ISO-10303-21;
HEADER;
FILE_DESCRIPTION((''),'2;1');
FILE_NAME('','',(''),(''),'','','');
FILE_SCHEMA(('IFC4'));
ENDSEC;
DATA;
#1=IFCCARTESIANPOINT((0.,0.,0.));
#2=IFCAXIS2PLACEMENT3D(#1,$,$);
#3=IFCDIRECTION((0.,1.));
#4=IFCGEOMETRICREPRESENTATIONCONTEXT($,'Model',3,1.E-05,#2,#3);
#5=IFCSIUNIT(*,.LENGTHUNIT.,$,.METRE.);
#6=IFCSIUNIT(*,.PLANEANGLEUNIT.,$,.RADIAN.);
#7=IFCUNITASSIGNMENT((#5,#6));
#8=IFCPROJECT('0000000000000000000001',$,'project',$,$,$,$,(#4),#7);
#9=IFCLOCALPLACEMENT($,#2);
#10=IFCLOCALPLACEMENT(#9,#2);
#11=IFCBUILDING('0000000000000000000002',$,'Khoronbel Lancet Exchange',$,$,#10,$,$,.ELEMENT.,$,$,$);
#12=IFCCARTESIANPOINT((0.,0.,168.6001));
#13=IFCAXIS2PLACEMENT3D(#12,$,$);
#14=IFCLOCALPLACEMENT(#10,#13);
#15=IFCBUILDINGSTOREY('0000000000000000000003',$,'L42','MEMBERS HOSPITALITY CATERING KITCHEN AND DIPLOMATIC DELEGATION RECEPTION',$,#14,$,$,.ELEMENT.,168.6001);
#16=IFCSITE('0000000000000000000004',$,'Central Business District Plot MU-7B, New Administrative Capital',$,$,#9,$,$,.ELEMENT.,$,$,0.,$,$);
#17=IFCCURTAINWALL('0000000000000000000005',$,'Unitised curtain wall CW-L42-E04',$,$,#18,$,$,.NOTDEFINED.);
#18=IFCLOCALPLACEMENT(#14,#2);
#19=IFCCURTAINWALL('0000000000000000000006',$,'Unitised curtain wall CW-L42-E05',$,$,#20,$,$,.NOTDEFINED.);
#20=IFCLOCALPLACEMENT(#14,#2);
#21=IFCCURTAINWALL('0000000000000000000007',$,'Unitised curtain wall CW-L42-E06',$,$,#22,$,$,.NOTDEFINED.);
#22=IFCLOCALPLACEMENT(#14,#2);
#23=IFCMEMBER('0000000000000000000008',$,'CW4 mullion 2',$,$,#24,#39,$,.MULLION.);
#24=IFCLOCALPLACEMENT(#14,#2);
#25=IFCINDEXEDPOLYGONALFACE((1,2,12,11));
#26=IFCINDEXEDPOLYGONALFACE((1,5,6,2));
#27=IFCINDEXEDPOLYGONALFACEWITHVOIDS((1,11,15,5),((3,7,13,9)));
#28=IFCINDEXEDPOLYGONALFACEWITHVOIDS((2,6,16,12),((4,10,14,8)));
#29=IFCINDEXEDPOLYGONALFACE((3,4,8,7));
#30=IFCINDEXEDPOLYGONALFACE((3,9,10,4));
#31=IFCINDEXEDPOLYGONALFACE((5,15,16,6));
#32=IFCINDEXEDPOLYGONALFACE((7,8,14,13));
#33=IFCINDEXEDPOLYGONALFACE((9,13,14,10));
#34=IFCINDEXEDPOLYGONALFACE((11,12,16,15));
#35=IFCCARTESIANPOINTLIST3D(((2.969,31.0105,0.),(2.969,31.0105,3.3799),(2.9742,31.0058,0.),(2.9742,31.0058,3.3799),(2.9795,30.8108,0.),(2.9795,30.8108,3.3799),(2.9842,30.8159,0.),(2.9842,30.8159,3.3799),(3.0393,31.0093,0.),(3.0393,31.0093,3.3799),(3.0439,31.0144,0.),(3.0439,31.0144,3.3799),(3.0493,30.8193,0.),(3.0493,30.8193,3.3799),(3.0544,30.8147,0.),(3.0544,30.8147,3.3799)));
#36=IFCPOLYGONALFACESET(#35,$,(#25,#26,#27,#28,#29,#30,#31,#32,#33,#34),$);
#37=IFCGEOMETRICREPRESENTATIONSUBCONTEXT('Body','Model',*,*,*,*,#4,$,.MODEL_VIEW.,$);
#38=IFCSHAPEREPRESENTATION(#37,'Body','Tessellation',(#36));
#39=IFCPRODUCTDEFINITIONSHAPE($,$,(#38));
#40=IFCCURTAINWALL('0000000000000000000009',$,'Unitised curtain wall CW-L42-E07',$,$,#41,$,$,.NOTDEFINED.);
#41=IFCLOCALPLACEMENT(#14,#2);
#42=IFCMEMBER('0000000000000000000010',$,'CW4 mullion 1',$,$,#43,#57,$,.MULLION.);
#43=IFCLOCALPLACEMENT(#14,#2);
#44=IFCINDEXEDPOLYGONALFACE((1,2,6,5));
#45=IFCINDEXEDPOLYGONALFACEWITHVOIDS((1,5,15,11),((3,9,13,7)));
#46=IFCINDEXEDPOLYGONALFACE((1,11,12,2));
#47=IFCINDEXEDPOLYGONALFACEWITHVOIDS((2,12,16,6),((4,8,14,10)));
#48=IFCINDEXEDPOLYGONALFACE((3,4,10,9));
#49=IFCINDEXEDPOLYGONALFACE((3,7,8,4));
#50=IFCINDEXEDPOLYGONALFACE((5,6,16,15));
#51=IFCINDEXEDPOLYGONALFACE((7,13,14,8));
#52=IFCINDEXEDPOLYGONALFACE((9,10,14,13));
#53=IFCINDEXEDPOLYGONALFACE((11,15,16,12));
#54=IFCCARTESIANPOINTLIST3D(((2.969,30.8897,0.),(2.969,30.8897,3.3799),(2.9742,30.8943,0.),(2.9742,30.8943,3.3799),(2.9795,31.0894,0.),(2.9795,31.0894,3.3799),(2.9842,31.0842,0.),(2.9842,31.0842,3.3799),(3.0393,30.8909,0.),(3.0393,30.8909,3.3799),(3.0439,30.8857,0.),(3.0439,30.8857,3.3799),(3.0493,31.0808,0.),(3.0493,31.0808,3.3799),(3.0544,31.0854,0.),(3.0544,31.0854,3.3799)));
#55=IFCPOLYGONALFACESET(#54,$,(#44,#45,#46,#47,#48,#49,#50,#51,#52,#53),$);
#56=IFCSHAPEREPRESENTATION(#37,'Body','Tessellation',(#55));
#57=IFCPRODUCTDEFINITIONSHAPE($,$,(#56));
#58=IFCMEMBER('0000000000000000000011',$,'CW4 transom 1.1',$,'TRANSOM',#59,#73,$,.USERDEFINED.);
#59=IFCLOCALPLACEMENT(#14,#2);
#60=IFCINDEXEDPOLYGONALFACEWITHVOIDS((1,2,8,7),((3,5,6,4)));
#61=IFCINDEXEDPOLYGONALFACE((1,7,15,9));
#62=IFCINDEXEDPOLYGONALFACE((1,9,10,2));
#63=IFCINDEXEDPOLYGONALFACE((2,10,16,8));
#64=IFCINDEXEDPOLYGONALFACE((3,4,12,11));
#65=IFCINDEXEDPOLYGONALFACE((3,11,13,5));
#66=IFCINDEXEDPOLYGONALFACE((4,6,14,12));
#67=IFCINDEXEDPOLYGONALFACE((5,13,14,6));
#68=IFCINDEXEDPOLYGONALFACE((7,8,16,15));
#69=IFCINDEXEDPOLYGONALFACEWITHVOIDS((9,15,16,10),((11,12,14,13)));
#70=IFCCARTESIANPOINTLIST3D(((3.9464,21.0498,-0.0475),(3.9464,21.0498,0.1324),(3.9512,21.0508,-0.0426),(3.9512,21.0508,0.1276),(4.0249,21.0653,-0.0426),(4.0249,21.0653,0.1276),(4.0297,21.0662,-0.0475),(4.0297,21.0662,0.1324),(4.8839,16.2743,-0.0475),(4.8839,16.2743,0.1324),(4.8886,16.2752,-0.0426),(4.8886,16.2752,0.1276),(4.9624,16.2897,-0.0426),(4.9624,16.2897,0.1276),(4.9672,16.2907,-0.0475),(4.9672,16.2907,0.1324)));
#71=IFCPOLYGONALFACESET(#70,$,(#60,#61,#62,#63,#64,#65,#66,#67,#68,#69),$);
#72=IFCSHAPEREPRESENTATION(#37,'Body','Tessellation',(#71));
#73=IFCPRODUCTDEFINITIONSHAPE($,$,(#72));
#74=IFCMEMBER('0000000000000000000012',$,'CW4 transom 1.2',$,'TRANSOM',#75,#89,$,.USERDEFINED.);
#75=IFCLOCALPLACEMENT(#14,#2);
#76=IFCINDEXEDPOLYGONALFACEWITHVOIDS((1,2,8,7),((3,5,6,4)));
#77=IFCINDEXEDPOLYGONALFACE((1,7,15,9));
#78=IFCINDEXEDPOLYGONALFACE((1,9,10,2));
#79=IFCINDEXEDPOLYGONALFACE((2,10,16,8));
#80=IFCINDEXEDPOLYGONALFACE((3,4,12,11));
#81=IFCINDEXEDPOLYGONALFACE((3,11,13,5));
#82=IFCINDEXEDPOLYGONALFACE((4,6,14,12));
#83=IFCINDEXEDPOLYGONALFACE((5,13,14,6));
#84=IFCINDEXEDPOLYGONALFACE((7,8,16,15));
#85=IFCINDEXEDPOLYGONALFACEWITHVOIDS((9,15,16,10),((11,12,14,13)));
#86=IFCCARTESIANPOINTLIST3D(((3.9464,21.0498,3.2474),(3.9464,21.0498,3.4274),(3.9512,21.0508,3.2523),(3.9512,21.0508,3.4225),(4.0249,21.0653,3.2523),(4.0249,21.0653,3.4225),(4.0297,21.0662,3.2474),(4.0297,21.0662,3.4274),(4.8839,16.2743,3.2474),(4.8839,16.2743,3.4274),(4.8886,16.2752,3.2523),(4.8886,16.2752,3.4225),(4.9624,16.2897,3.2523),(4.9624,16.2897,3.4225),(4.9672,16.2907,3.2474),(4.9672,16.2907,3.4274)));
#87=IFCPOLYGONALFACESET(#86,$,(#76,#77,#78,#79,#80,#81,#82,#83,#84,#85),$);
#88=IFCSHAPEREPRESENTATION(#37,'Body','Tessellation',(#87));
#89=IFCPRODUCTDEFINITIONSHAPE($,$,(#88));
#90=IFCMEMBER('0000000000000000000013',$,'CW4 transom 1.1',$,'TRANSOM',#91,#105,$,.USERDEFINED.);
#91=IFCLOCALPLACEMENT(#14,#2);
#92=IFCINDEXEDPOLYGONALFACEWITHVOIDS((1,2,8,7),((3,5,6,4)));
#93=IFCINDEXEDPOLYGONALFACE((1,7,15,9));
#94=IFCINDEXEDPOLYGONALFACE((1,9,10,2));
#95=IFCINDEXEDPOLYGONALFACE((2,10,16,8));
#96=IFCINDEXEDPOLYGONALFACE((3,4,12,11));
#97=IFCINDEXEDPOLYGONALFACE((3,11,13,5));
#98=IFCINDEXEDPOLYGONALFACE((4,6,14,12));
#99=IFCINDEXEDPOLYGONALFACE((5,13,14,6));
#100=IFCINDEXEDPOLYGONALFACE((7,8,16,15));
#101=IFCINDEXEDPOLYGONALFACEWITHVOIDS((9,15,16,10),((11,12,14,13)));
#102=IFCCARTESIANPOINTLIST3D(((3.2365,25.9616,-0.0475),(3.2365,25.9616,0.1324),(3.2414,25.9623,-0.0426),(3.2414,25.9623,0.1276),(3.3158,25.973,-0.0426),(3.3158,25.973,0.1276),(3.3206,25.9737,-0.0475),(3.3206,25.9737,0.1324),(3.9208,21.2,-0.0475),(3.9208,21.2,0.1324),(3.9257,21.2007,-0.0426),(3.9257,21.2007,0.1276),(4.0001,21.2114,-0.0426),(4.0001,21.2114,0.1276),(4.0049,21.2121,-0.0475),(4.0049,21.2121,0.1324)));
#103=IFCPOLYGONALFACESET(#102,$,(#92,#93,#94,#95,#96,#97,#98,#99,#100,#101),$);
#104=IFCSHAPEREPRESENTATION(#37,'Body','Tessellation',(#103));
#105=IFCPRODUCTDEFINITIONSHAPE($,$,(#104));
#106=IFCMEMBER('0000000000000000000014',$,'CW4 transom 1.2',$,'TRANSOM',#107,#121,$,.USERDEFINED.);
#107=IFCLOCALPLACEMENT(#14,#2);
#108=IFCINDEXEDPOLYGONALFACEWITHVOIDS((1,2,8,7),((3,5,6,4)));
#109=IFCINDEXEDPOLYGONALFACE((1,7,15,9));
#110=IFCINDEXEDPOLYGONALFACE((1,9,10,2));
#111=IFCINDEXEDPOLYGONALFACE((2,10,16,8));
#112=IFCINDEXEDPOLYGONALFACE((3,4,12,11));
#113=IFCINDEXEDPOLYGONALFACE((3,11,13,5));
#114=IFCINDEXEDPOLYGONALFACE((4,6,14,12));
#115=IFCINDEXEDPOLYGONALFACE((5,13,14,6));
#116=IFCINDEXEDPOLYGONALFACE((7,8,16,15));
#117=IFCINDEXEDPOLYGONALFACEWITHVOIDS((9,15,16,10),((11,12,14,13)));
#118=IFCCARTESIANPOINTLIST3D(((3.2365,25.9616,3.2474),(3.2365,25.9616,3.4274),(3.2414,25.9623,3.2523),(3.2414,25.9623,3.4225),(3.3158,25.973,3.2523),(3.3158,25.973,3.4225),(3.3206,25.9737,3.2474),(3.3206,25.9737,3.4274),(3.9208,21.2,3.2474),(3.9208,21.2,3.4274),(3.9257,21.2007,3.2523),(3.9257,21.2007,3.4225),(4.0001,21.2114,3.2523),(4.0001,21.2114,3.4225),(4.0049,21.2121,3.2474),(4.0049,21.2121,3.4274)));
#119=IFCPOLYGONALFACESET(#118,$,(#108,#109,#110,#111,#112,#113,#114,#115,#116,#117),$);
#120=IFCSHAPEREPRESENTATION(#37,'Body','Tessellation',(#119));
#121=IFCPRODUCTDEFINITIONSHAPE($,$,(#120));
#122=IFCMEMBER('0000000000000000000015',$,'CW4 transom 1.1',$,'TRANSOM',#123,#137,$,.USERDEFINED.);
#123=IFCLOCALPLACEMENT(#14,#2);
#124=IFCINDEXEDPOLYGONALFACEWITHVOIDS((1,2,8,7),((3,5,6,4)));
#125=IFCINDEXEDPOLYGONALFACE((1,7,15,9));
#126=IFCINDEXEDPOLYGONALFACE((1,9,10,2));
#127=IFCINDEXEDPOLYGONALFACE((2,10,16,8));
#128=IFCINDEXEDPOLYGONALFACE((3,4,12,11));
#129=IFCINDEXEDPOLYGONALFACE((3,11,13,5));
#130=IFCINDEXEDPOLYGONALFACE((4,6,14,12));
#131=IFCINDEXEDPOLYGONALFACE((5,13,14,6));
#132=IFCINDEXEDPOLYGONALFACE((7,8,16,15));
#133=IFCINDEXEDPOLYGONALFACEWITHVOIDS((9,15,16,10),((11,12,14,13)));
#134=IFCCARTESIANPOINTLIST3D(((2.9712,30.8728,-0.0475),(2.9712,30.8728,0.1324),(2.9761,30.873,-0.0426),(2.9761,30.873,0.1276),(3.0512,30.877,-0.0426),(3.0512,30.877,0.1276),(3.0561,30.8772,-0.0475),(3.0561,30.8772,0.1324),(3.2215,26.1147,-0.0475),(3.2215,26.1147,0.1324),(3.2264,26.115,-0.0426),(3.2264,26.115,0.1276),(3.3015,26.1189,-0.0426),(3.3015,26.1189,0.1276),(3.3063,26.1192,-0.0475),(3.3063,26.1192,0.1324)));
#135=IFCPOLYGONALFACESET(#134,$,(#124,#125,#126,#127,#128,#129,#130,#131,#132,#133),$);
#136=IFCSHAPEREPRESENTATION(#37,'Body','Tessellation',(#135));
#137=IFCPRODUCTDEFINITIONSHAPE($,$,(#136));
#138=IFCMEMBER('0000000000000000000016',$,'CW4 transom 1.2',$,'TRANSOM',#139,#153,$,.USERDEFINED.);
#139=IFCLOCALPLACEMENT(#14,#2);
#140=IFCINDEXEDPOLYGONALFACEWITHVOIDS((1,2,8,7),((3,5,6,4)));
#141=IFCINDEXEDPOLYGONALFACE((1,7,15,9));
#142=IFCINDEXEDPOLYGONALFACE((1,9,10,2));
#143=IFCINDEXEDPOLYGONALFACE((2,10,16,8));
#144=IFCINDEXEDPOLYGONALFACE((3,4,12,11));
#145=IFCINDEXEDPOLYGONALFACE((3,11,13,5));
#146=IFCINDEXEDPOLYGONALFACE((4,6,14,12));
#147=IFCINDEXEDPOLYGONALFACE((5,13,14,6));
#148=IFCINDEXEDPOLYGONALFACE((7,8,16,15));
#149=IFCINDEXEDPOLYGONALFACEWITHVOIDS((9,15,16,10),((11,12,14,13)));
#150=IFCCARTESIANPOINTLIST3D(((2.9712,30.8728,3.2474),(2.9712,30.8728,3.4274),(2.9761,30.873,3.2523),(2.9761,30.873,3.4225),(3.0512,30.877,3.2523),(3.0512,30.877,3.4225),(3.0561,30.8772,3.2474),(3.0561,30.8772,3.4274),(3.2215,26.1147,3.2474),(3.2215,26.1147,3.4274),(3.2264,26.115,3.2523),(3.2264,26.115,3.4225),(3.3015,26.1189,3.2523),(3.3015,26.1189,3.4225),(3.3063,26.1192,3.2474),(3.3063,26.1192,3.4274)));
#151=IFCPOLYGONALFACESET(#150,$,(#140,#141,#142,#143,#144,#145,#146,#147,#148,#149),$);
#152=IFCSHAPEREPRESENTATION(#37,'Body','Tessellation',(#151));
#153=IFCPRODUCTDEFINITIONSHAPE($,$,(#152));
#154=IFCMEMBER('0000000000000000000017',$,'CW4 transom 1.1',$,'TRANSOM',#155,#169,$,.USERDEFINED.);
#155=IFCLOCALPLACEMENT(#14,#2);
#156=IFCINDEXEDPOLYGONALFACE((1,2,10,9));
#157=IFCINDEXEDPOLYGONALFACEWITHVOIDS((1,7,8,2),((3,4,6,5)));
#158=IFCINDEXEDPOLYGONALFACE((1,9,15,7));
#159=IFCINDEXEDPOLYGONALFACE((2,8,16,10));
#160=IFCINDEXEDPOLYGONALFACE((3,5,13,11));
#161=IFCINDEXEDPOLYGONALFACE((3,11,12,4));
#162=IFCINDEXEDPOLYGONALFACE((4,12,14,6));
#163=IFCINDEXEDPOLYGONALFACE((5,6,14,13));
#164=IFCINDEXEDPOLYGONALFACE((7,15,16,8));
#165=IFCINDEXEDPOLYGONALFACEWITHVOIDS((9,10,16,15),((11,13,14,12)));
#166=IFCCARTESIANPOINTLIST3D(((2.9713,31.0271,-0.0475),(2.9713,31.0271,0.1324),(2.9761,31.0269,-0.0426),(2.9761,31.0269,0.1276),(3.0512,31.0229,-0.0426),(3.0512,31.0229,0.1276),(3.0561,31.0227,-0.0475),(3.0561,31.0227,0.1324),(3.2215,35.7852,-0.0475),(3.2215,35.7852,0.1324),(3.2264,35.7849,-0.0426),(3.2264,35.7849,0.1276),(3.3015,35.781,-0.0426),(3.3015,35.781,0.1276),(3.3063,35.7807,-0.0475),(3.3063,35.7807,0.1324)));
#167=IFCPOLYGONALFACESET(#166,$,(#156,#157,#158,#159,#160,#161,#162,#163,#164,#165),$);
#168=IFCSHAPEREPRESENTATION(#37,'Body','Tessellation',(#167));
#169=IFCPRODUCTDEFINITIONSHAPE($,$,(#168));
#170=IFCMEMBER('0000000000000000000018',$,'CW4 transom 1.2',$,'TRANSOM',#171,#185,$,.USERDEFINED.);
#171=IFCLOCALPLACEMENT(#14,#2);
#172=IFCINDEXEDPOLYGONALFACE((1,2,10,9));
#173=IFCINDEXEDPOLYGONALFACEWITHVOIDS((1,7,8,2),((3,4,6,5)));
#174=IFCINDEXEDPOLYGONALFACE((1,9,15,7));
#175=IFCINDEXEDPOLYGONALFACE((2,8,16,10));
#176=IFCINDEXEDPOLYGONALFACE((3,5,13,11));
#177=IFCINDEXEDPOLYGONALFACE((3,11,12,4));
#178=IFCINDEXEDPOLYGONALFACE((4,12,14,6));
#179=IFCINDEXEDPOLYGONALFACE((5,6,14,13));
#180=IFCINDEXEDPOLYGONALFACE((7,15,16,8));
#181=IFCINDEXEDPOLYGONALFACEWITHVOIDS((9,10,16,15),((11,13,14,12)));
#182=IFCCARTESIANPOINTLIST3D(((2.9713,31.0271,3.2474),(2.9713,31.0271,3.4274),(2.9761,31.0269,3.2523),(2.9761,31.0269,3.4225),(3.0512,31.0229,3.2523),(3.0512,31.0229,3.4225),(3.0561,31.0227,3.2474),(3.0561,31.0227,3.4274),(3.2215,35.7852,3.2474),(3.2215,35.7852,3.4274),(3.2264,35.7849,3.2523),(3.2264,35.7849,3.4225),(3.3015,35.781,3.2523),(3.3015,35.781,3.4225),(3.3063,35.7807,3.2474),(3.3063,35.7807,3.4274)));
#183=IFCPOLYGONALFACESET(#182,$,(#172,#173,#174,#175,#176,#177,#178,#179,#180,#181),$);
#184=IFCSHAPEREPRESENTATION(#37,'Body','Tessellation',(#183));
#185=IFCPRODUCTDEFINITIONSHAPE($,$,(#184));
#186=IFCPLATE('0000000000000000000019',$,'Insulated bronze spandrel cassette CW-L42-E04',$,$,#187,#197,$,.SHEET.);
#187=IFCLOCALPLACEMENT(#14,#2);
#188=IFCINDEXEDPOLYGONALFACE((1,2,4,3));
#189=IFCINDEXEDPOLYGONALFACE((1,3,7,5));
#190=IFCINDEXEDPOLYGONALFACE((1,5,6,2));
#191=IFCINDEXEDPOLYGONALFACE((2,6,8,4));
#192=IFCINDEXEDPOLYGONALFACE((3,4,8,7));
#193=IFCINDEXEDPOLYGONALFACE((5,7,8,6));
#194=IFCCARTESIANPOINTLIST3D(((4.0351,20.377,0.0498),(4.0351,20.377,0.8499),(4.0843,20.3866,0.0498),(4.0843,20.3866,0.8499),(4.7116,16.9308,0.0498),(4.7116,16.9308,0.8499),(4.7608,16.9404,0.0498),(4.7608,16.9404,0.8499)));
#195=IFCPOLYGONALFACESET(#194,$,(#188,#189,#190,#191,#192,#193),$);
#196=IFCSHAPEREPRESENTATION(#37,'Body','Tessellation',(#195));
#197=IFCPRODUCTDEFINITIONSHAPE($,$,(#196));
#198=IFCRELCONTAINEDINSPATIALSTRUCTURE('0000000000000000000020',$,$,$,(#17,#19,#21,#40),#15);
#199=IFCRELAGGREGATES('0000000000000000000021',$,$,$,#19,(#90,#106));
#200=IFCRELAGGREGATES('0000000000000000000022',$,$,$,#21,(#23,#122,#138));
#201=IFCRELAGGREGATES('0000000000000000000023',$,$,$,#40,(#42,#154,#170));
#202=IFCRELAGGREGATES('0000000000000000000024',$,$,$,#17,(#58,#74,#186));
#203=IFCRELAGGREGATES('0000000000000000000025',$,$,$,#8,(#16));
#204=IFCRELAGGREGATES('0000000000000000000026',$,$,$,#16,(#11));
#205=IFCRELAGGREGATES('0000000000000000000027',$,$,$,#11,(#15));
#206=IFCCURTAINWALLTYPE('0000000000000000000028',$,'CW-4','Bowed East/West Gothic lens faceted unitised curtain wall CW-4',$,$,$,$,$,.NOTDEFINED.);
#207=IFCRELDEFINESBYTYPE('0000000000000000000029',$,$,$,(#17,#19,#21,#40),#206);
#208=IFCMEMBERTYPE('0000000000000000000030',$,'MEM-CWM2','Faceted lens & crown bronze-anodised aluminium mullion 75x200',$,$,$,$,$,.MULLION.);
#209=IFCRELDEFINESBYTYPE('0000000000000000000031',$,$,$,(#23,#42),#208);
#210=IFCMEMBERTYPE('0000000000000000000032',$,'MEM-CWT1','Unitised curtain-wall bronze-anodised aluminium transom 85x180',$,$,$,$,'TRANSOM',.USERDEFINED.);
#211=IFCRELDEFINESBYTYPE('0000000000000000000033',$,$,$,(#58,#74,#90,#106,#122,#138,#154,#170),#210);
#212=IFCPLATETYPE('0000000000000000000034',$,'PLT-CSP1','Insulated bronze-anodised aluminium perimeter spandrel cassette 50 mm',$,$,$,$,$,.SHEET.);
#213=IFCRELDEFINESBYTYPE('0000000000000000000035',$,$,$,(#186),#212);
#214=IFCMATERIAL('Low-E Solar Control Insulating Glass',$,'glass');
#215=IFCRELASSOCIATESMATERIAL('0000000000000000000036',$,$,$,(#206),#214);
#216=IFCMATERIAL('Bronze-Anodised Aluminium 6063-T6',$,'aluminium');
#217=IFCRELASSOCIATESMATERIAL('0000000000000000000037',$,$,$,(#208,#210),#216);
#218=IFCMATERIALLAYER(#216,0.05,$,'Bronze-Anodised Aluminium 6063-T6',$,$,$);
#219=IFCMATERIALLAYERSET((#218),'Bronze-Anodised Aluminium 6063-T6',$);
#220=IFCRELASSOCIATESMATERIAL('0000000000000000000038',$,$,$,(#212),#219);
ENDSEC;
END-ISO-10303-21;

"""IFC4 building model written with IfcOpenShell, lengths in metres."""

from ifc_helpers import new_model, si_unit, direction, frame, origin, origin_2d, place, context, subcontext, project, spatial, rectangle, hollow_rectangle, extrude, material, layer, layer_set, material_profile, profile_set, type_object, element, aggregate, save


model = new_model("IFC4")

# Units and contexts
model_context = context("Model", 3, precision=1e-05, world=origin(), true_north=direction((0.0, 1.0)))
body_context = subcontext(model_context, "Body", "Model", "MODEL_VIEW")
ifc_project = project(units=[si_unit("LENGTHUNIT", "METRE"), si_unit("PLANEANGLEUNIT", "RADIAN")], contexts=[model_context])

# Site, building, storey
site_placement = place(None, origin())
site = spatial("IfcSite", under=ifc_project, at=site_placement, Name="Central Business District Plot MU-7B, New Administrative Capital", CompositionType="ELEMENT", RefElevation=0.0)
building_placement = place(site_placement, origin())
building = spatial("IfcBuilding", under=site, at=building_placement, Name="Khoronbel Lancet Exchange", CompositionType="ELEMENT")
storey_placement = place(building_placement, frame((0.0, 0.0, 168.6001)))
storey = spatial("IfcBuildingStorey", under=building, at=storey_placement, Name="L42", Description="MEMBERS HOSPITALITY CATERING KITCHEN AND DIPLOMATIC DELEGATION RECEPTION", CompositionType="ELEMENT", Elevation=168.6001)

# Curtain walls, member
ifc_material_1 = material(Name="Low-E Solar Control Insulating Glass", Category="glass")
curtain_wall_type = type_object("IfcCurtainWallType", Name="CW-4", Description="Bowed East/West Gothic lens faceted unitised curtain wall CW-4", PredefinedType="NOTDEFINED", material=ifc_material_1)
curtain_wall_1_placement = place(storey_placement, origin())
curtain_wall_1 = element("IfcCurtainWall", 1, at=curtain_wall_1_placement, inside=storey, type_object=curtain_wall_type, Name="Unitised curtain wall CW-L42-E04", PredefinedType="NOTDEFINED")
ifc_material_2 = material(Name="Bronze-Anodised Aluminium 6063-T6", Category="aluminium")
ifc_material_profile_1 = material_profile(ifc_material_2, hollow_rectangle(XDim=0.075, YDim=0.2, WallThickness=0.0049, at=origin_2d()), Name="ALU MULLION 75x200")
ifc_profile_set_1 = profile_set([ifc_material_profile_1], Name="Bronze-Anodised Aluminium 6063-T6")
member_type_1 = type_object("IfcMemberType", Name="MEM-CWM2", Description="Faceted lens & crown bronze-anodised aluminium mullion 75x200", PredefinedType="MULLION", material=ifc_profile_set_1)
curtain_wall_2_placement = place(storey_placement, origin())
curtain_wall_2 = element("IfcCurtainWall", 2, at=curtain_wall_2_placement, inside=storey, type_object=curtain_wall_type, Name="Unitised curtain wall CW-L42-E05", PredefinedType="NOTDEFINED")
curtain_wall_3_placement = place(storey_placement, origin())
curtain_wall_3 = element("IfcCurtainWall", 3, at=curtain_wall_3_placement, inside=storey, type_object=curtain_wall_type, Name="Unitised curtain wall CW-L42-E06", PredefinedType="NOTDEFINED")
member_1_placement = place(storey_placement, frame((3.0117, 30.9126, 0.0), z_axis=(0.0, 0.0, 1.0), x_axis=(-0.998619, -0.052536, 0.0)))
member_1 = element("IfcMember", 4, at=member_1_placement, type_object=member_type_1, Name="CW4 mullion 2", PredefinedType="MULLION", context=body_context, shape_type="SweptSolid", body=[
    extrude(hollow_rectangle(XDim=0.075, YDim=0.2, WallThickness=0.0049, at=origin_2d()), origin(), (0.0, 0.0, 1.0), 3.3799),
])

# Curtain wall, member
curtain_wall_4_placement = place(storey_placement, origin())
curtain_wall_4 = element("IfcCurtainWall", 5, at=curtain_wall_4_placement, inside=storey, type_object=curtain_wall_type, Name="Unitised curtain wall CW-L42-E07", PredefinedType="NOTDEFINED")
member_2_placement = place(storey_placement, frame((3.0117, 30.9875, 0.0), z_axis=(0.0, 0.0, 1.0), x_axis=(-0.998619, 0.052536, 0.0)))
member_2 = element("IfcMember", 6, at=member_2_placement, type_object=member_type_1, Name="CW4 mullion 1", PredefinedType="MULLION", context=body_context, shape_type="SweptSolid", body=[
    extrude(hollow_rectangle(XDim=0.075, YDim=0.2, WallThickness=0.0049, at=origin_2d()), origin(), (0.0, 0.0, 1.0), 3.3799),
])

# Members
ifc_material_profile_2 = material_profile(ifc_material_2, hollow_rectangle(XDim=0.085, YDim=0.1799, WallThickness=0.0049, at=origin_2d()), Name="ALU TRANSOM 85x180")
ifc_profile_set_2 = profile_set([ifc_material_profile_2], Name="Bronze-Anodised Aluminium 6063-T6")
member_type_2 = type_object("IfcMemberType", Name="MEM-CWT1", Description="Unitised curtain-wall bronze-anodised aluminium transom 85x180", ElementType="TRANSOM", PredefinedType="USERDEFINED", material=ifc_profile_set_2)
member_3_placement = place(storey_placement, frame((4.9255, 16.2825, 0.0425), z_axis=(-0.192632, 0.981271, 0.0), x_axis=(-0.981271, -0.192632, 0.0)))
member_3 = element("IfcMember", 7, at=member_3_placement, type_object=member_type_2, Name="CW4 transom 1.1", ObjectType="TRANSOM", PredefinedType="USERDEFINED", context=body_context, shape_type="SweptSolid", body=[
    extrude(hollow_rectangle(XDim=0.085, YDim=0.1799, WallThickness=0.0049, at=origin_2d()), origin(), (0.0, 0.0, 1.0), 4.8667),
])
member_4_placement = place(storey_placement, frame((4.9255, 16.2825, 3.3374), z_axis=(-0.192632, 0.981271, 0.0), x_axis=(-0.981271, -0.192632, 0.0)))
member_4 = element("IfcMember", 8, at=member_4_placement, type_object=member_type_2, Name="CW4 transom 1.2", ObjectType="TRANSOM", PredefinedType="USERDEFINED", context=body_context, shape_type="SweptSolid", body=[
    extrude(hollow_rectangle(XDim=0.085, YDim=0.1799, WallThickness=0.0049, at=origin_2d()), origin(), (0.0, 0.0, 1.0), 4.8667),
])
member_5_placement = place(storey_placement, frame((3.9629, 21.2061, 0.0425), z_axis=(-0.142253, 0.98983, 0.0), x_axis=(-0.98983, -0.142253, 0.0)))
member_5 = element("IfcMember", 9, at=member_5_placement, type_object=member_type_2, Name="CW4 transom 1.1", ObjectType="TRANSOM", PredefinedType="USERDEFINED", context=body_context, shape_type="SweptSolid", body=[
    extrude(hollow_rectangle(XDim=0.085, YDim=0.1799, WallThickness=0.0049, at=origin_2d()), origin(), (0.0, 0.0, 1.0), 4.8105),
])
member_6_placement = place(storey_placement, frame((3.9629, 21.2061, 3.3374), z_axis=(-0.142253, 0.98983, 0.0), x_axis=(-0.98983, -0.142253, 0.0)))
member_6 = element("IfcMember", 10, at=member_6_placement, type_object=member_type_2, Name="CW4 transom 1.2", ObjectType="TRANSOM", PredefinedType="USERDEFINED", context=body_context, shape_type="SweptSolid", body=[
    extrude(hollow_rectangle(XDim=0.085, YDim=0.1799, WallThickness=0.0049, at=origin_2d()), origin(), (0.0, 0.0, 1.0), 4.8105),
])
member_7_placement = place(storey_placement, frame((3.2639, 26.1169, 0.0425), z_axis=(-0.052521, 0.99862, 0.0), x_axis=(-0.99862, -0.052521, 0.0)))
member_7 = element("IfcMember", 11, at=member_7_placement, type_object=member_type_2, Name="CW4 transom 1.1", ObjectType="TRANSOM", PredefinedType="USERDEFINED", context=body_context, shape_type="SweptSolid", body=[
    extrude(hollow_rectangle(XDim=0.085, YDim=0.1799, WallThickness=0.0049, at=origin_2d()), origin(), (0.0, 0.0, 1.0), 4.7646),
])
member_8_placement = place(storey_placement, frame((3.2639, 26.1169, 3.3374), z_axis=(-0.052521, 0.99862, 0.0), x_axis=(-0.99862, -0.052521, 0.0)))
member_8 = element("IfcMember", 12, at=member_8_placement, type_object=member_type_2, Name="CW4 transom 1.2", ObjectType="TRANSOM", PredefinedType="USERDEFINED", context=body_context, shape_type="SweptSolid", body=[
    extrude(hollow_rectangle(XDim=0.085, YDim=0.1799, WallThickness=0.0049, at=origin_2d()), origin(), (0.0, 0.0, 1.0), 4.7646),
])
member_9_placement = place(storey_placement, frame((3.0137, 31.0249, 0.0425), z_axis=(0.052521, 0.99862, 0.0), x_axis=(-0.99862, 0.052521, 0.0)))
member_9 = element("IfcMember", 13, at=member_9_placement, type_object=member_type_2, Name="CW4 transom 1.1", ObjectType="TRANSOM", PredefinedType="USERDEFINED", context=body_context, shape_type="SweptSolid", body=[
    extrude(hollow_rectangle(XDim=0.085, YDim=0.1799, WallThickness=0.0049, at=origin_2d()), origin(), (0.0, 0.0, 1.0), 4.7646),
])
member_10_placement = place(storey_placement, frame((3.0137, 31.0249, 3.3374), z_axis=(0.052521, 0.99862, 0.0), x_axis=(-0.99862, 0.052521, 0.0)))
member_10 = element("IfcMember", 14, at=member_10_placement, type_object=member_type_2, Name="CW4 transom 1.2", ObjectType="TRANSOM", PredefinedType="USERDEFINED", context=body_context, shape_type="SweptSolid", body=[
    extrude(hollow_rectangle(XDim=0.085, YDim=0.1799, WallThickness=0.0049, at=origin_2d()), origin(), (0.0, 0.0, 1.0), 4.7646),
])

# Plate
ifc_layer_1 = layer(ifc_material_2, 0.05, Name="Bronze-Anodised Aluminium 6063-T6")
ifc_layer_set_1 = layer_set([ifc_layer_1], Name="Bronze-Anodised Aluminium 6063-T6")
plate_type_1 = type_object("IfcPlateType", Name="PLT-CSP1", Description="Insulated bronze-anodised aluminium perimeter spandrel cassette 50 mm", PredefinedType="SHEET", material=ifc_layer_set_1)
plate_1_placement = place(storey_placement, frame((4.3979, 18.6587, 0.0498), z_axis=(0.0, 0.0, 1.0), x_axis=(-0.192627, 0.981272, 0.0)))
plate_1 = element("IfcPlate", 15, at=plate_1_placement, type_object=plate_type_1, Name="Insulated bronze spandrel cassette CW-L42-E04", PredefinedType="SHEET", context=body_context, shape_type="SweptSolid", body=[
    extrude(rectangle(XDim=3.512, YDim=0.05, at=origin_2d()), origin(), (0.0, 0.0, 1.0), 0.8),
])
aggregate(curtain_wall_2, [member_5, member_6])
aggregate(curtain_wall_3, [member_1, member_7, member_8])
aggregate(curtain_wall_4, [member_2, member_9, member_10])
aggregate(curtain_wall_1, [member_3, member_4, plate_1])

save(model, "model.ifc")
